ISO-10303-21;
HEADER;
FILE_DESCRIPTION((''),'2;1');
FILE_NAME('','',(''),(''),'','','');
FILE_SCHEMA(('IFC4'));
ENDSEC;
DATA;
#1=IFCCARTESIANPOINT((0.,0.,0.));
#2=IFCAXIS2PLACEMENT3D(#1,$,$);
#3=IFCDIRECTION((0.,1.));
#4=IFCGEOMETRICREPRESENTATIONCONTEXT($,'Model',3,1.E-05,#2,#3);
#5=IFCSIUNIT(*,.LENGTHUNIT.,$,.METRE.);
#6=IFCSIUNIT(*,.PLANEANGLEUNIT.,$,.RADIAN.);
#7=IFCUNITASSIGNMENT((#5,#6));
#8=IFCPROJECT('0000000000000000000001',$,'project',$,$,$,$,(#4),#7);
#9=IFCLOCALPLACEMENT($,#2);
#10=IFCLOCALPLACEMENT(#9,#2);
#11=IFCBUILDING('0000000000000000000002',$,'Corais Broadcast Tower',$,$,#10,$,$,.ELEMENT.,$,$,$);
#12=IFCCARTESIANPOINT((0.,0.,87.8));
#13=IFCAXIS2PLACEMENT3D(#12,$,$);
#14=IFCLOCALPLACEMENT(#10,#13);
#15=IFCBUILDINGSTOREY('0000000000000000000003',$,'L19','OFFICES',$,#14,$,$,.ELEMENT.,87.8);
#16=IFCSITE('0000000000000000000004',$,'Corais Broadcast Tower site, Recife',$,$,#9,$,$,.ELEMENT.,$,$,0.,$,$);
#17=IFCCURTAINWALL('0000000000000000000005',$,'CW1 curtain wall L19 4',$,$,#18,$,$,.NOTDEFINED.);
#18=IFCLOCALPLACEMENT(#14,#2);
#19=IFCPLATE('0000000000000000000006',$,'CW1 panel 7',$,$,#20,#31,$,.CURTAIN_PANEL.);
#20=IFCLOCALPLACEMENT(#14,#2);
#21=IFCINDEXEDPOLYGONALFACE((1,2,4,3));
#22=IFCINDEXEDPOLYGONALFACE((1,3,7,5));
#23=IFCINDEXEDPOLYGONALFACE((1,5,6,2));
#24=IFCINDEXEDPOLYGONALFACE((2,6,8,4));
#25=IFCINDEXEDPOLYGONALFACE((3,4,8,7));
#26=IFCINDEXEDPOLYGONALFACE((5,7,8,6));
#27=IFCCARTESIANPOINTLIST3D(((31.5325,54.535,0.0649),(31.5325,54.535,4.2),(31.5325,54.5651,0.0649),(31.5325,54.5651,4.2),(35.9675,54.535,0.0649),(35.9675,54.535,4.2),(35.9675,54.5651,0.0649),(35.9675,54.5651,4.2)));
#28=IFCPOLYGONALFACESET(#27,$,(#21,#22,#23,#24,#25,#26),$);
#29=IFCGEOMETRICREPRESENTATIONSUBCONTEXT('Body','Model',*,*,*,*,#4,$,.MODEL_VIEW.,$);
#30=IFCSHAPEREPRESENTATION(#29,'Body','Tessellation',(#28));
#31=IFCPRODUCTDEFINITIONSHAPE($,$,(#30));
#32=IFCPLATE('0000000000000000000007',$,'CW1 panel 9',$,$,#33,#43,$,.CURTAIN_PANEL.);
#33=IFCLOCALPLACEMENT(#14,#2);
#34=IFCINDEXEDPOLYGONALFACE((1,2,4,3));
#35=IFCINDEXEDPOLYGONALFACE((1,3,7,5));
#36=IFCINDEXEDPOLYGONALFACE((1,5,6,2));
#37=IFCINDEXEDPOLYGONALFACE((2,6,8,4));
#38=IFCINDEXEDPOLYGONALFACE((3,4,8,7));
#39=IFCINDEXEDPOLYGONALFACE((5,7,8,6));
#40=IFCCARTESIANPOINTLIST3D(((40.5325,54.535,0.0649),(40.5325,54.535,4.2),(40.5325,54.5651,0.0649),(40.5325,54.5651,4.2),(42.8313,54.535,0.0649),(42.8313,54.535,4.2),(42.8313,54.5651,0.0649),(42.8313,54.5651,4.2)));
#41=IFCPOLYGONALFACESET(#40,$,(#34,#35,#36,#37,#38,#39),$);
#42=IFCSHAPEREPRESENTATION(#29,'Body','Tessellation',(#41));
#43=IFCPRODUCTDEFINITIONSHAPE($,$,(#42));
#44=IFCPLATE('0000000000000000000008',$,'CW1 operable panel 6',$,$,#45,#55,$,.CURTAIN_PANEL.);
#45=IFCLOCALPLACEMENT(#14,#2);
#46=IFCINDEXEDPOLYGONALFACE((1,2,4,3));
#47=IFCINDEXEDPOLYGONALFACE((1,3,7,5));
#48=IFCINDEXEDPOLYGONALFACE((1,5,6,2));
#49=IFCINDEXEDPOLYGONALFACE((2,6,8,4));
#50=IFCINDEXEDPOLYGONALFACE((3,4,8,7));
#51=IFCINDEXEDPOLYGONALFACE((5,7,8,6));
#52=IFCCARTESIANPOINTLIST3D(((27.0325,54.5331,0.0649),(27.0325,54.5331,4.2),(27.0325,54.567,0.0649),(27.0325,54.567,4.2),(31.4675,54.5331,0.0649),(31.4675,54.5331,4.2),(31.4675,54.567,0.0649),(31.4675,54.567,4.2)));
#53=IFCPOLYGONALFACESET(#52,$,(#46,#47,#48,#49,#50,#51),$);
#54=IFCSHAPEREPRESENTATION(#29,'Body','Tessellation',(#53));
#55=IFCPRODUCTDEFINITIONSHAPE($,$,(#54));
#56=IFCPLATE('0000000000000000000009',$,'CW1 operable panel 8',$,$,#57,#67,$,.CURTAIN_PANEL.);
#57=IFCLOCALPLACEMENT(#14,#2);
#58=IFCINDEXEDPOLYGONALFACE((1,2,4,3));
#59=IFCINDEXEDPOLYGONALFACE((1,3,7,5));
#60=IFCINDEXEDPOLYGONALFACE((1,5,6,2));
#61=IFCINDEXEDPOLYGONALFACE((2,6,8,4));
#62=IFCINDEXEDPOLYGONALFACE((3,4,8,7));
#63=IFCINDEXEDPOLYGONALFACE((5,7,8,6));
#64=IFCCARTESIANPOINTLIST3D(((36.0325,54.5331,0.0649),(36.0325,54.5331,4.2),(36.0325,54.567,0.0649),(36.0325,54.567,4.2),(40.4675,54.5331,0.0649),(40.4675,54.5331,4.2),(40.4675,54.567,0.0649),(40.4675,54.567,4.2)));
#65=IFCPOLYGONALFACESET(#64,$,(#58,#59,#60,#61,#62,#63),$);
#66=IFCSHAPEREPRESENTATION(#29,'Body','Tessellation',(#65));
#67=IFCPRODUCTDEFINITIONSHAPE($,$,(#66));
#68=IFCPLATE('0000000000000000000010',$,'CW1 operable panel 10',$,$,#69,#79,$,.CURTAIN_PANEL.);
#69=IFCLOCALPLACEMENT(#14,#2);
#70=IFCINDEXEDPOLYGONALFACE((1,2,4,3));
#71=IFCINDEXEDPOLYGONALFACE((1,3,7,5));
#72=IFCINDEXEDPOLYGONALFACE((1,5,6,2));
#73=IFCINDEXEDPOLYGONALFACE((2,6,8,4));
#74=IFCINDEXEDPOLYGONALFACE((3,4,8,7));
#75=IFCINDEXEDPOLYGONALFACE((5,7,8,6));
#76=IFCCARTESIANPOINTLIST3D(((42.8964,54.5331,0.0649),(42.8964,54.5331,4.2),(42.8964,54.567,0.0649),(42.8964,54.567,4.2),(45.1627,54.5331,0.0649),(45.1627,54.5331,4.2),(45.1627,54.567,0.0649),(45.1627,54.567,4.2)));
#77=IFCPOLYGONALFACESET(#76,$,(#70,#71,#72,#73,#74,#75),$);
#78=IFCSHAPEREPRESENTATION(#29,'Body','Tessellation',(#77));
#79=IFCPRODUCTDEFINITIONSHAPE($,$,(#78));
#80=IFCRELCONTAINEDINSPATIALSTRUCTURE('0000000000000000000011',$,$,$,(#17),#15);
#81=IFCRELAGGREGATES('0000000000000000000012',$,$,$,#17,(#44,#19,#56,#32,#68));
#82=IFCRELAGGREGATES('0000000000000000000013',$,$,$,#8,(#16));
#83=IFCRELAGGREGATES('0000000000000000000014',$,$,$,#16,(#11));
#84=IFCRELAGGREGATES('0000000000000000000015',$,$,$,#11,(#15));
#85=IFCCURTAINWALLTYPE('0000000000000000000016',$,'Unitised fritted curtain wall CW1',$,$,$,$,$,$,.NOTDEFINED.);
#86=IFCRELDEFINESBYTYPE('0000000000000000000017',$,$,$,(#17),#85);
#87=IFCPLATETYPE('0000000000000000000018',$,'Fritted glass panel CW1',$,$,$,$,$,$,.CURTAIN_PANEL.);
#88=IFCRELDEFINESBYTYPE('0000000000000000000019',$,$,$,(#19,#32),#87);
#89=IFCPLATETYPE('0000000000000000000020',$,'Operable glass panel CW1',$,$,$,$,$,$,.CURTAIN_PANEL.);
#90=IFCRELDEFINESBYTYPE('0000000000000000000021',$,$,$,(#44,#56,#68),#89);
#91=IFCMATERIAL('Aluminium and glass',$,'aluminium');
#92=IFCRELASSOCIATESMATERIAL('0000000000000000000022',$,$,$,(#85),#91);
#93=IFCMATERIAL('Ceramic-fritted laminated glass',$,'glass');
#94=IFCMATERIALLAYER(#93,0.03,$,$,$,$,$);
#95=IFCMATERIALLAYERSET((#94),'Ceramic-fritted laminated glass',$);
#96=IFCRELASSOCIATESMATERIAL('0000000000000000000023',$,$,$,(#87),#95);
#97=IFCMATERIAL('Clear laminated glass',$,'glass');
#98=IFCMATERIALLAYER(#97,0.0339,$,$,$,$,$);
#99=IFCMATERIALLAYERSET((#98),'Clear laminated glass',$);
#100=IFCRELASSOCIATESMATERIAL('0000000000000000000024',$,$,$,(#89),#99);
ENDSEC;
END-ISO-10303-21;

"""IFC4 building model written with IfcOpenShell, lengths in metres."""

from ifc_helpers import new_model, si_unit, direction, frame, origin, origin_2d, place, context, subcontext, project, spatial, rectangle, extrude, material, layer, layer_set, type_object, element, aggregate, save


model = new_model("IFC4")

# Units and contexts
model_context = context("Model", 3, precision=1e-05, world=origin(), true_north=direction((0.0, 1.0)))
body_context = subcontext(model_context, "Body", "Model", "MODEL_VIEW")
ifc_project = project(units=[si_unit("LENGTHUNIT", "METRE"), si_unit("PLANEANGLEUNIT", "RADIAN")], contexts=[model_context])

# Site, building, storey
site_placement = place(None, origin())
site = spatial("IfcSite", under=ifc_project, at=site_placement, Name="Corais Broadcast Tower site, Recife", CompositionType="ELEMENT", RefElevation=0.0)
building_placement = place(site_placement, origin())
building = spatial("IfcBuilding", under=site, at=building_placement, Name="Corais Broadcast Tower", CompositionType="ELEMENT")
storey_placement = place(building_placement, frame((0.0, 0.0, 87.8)))
storey = spatial("IfcBuildingStorey", under=building, at=storey_placement, Name="L19", Description="OFFICES", CompositionType="ELEMENT", Elevation=87.8)

# Curtain wall
ifc_material_1 = material(Name="Aluminium and glass", Category="aluminium")
curtain_wall_type = type_object("IfcCurtainWallType", Name="Unitised fritted curtain wall CW1", PredefinedType="NOTDEFINED", material=ifc_material_1)
curtain_wall_placement = place(storey_placement, origin())
curtain_wall = element("IfcCurtainWall", 1, at=curtain_wall_placement, inside=storey, type_object=curtain_wall_type, Name="CW1 curtain wall L19 4", PredefinedType="NOTDEFINED")

# Plates
ifc_material_2 = material(Name="Ceramic-fritted laminated glass", Category="glass")
ifc_layer_1 = layer(ifc_material_2, 0.03)
ifc_layer_set_1 = layer_set([ifc_layer_1], Name="Ceramic-fritted laminated glass")
plate_type_1 = type_object("IfcPlateType", Name="Fritted glass panel CW1", PredefinedType="CURTAIN_PANEL", material=ifc_layer_set_1)
plate_1_placement = place(storey_placement, frame((33.75, 54.55, 0.0649), z_axis=(0.0, 0.0, 1.0), x_axis=(1.0, 0.0, 0.0)))
plate_1 = element("IfcPlate", 2, at=plate_1_placement, type_object=plate_type_1, Name="CW1 panel 7", PredefinedType="CURTAIN_PANEL", context=body_context, shape_type="SweptSolid", body=[
    extrude(rectangle(XDim=4.4351, YDim=0.03, at=origin_2d()), origin(), (0.0, 0.0, 1.0), 4.135),
])
plate_2_placement = place(storey_placement, frame((41.6819, 54.55, 0.0649), z_axis=(0.0, 0.0, 1.0), x_axis=(1.0, 0.0, 0.0)))
plate_2 = element("IfcPlate", 3, at=plate_2_placement, type_object=plate_type_1, Name="CW1 panel 9", PredefinedType="CURTAIN_PANEL", context=body_context, shape_type="SweptSolid", body=[
    extrude(rectangle(XDim=2.2988, YDim=0.03, at=origin_2d()), origin(), (0.0, 0.0, 1.0), 4.135),
])
ifc_material_3 = material(Name="Clear laminated glass", Category="glass")
ifc_layer_2 = layer(ifc_material_3, 0.0339)
ifc_layer_set_2 = layer_set([ifc_layer_2], Name="Clear laminated glass")
plate_type_2 = type_object("IfcPlateType", Name="Operable glass panel CW1", PredefinedType="CURTAIN_PANEL", material=ifc_layer_set_2)
plate_3_placement = place(storey_placement, frame((29.25, 54.55, 0.0649), z_axis=(0.0, 0.0, 1.0), x_axis=(1.0, 0.0, 0.0)))
plate_3 = element("IfcPlate", 4, at=plate_3_placement, type_object=plate_type_2, Name="CW1 operable panel 6", PredefinedType="CURTAIN_PANEL", context=body_context, shape_type="SweptSolid", body=[
    extrude(rectangle(XDim=4.4351, YDim=0.0339, at=origin_2d()), origin(), (0.0, 0.0, 1.0), 4.135),
])
plate_4_placement = place(storey_placement, frame((38.25, 54.55, 0.0649), z_axis=(0.0, 0.0, 1.0), x_axis=(1.0, 0.0, 0.0)))
plate_4 = element("IfcPlate", 5, at=plate_4_placement, type_object=plate_type_2, Name="CW1 operable panel 8", PredefinedType="CURTAIN_PANEL", context=body_context, shape_type="SweptSolid", body=[
    extrude(rectangle(XDim=4.4351, YDim=0.0339, at=origin_2d()), origin(), (0.0, 0.0, 1.0), 4.135),
])
plate_5_placement = place(storey_placement, frame((44.0295, 54.55, 0.0649), z_axis=(0.0, 0.0, 1.0), x_axis=(1.0, 0.0, 0.0)))
plate_5 = element("IfcPlate", 6, at=plate_5_placement, type_object=plate_type_2, Name="CW1 operable panel 10", PredefinedType="CURTAIN_PANEL", context=body_context, shape_type="SweptSolid", body=[
    extrude(rectangle(XDim=2.2664, YDim=0.0339, at=origin_2d()), origin(), (0.0, 0.0, 1.0), 4.135),
])
aggregate(curtain_wall, [plate_3, plate_1, plate_4, plate_2, plate_5])

save(model, "model.ifc")
